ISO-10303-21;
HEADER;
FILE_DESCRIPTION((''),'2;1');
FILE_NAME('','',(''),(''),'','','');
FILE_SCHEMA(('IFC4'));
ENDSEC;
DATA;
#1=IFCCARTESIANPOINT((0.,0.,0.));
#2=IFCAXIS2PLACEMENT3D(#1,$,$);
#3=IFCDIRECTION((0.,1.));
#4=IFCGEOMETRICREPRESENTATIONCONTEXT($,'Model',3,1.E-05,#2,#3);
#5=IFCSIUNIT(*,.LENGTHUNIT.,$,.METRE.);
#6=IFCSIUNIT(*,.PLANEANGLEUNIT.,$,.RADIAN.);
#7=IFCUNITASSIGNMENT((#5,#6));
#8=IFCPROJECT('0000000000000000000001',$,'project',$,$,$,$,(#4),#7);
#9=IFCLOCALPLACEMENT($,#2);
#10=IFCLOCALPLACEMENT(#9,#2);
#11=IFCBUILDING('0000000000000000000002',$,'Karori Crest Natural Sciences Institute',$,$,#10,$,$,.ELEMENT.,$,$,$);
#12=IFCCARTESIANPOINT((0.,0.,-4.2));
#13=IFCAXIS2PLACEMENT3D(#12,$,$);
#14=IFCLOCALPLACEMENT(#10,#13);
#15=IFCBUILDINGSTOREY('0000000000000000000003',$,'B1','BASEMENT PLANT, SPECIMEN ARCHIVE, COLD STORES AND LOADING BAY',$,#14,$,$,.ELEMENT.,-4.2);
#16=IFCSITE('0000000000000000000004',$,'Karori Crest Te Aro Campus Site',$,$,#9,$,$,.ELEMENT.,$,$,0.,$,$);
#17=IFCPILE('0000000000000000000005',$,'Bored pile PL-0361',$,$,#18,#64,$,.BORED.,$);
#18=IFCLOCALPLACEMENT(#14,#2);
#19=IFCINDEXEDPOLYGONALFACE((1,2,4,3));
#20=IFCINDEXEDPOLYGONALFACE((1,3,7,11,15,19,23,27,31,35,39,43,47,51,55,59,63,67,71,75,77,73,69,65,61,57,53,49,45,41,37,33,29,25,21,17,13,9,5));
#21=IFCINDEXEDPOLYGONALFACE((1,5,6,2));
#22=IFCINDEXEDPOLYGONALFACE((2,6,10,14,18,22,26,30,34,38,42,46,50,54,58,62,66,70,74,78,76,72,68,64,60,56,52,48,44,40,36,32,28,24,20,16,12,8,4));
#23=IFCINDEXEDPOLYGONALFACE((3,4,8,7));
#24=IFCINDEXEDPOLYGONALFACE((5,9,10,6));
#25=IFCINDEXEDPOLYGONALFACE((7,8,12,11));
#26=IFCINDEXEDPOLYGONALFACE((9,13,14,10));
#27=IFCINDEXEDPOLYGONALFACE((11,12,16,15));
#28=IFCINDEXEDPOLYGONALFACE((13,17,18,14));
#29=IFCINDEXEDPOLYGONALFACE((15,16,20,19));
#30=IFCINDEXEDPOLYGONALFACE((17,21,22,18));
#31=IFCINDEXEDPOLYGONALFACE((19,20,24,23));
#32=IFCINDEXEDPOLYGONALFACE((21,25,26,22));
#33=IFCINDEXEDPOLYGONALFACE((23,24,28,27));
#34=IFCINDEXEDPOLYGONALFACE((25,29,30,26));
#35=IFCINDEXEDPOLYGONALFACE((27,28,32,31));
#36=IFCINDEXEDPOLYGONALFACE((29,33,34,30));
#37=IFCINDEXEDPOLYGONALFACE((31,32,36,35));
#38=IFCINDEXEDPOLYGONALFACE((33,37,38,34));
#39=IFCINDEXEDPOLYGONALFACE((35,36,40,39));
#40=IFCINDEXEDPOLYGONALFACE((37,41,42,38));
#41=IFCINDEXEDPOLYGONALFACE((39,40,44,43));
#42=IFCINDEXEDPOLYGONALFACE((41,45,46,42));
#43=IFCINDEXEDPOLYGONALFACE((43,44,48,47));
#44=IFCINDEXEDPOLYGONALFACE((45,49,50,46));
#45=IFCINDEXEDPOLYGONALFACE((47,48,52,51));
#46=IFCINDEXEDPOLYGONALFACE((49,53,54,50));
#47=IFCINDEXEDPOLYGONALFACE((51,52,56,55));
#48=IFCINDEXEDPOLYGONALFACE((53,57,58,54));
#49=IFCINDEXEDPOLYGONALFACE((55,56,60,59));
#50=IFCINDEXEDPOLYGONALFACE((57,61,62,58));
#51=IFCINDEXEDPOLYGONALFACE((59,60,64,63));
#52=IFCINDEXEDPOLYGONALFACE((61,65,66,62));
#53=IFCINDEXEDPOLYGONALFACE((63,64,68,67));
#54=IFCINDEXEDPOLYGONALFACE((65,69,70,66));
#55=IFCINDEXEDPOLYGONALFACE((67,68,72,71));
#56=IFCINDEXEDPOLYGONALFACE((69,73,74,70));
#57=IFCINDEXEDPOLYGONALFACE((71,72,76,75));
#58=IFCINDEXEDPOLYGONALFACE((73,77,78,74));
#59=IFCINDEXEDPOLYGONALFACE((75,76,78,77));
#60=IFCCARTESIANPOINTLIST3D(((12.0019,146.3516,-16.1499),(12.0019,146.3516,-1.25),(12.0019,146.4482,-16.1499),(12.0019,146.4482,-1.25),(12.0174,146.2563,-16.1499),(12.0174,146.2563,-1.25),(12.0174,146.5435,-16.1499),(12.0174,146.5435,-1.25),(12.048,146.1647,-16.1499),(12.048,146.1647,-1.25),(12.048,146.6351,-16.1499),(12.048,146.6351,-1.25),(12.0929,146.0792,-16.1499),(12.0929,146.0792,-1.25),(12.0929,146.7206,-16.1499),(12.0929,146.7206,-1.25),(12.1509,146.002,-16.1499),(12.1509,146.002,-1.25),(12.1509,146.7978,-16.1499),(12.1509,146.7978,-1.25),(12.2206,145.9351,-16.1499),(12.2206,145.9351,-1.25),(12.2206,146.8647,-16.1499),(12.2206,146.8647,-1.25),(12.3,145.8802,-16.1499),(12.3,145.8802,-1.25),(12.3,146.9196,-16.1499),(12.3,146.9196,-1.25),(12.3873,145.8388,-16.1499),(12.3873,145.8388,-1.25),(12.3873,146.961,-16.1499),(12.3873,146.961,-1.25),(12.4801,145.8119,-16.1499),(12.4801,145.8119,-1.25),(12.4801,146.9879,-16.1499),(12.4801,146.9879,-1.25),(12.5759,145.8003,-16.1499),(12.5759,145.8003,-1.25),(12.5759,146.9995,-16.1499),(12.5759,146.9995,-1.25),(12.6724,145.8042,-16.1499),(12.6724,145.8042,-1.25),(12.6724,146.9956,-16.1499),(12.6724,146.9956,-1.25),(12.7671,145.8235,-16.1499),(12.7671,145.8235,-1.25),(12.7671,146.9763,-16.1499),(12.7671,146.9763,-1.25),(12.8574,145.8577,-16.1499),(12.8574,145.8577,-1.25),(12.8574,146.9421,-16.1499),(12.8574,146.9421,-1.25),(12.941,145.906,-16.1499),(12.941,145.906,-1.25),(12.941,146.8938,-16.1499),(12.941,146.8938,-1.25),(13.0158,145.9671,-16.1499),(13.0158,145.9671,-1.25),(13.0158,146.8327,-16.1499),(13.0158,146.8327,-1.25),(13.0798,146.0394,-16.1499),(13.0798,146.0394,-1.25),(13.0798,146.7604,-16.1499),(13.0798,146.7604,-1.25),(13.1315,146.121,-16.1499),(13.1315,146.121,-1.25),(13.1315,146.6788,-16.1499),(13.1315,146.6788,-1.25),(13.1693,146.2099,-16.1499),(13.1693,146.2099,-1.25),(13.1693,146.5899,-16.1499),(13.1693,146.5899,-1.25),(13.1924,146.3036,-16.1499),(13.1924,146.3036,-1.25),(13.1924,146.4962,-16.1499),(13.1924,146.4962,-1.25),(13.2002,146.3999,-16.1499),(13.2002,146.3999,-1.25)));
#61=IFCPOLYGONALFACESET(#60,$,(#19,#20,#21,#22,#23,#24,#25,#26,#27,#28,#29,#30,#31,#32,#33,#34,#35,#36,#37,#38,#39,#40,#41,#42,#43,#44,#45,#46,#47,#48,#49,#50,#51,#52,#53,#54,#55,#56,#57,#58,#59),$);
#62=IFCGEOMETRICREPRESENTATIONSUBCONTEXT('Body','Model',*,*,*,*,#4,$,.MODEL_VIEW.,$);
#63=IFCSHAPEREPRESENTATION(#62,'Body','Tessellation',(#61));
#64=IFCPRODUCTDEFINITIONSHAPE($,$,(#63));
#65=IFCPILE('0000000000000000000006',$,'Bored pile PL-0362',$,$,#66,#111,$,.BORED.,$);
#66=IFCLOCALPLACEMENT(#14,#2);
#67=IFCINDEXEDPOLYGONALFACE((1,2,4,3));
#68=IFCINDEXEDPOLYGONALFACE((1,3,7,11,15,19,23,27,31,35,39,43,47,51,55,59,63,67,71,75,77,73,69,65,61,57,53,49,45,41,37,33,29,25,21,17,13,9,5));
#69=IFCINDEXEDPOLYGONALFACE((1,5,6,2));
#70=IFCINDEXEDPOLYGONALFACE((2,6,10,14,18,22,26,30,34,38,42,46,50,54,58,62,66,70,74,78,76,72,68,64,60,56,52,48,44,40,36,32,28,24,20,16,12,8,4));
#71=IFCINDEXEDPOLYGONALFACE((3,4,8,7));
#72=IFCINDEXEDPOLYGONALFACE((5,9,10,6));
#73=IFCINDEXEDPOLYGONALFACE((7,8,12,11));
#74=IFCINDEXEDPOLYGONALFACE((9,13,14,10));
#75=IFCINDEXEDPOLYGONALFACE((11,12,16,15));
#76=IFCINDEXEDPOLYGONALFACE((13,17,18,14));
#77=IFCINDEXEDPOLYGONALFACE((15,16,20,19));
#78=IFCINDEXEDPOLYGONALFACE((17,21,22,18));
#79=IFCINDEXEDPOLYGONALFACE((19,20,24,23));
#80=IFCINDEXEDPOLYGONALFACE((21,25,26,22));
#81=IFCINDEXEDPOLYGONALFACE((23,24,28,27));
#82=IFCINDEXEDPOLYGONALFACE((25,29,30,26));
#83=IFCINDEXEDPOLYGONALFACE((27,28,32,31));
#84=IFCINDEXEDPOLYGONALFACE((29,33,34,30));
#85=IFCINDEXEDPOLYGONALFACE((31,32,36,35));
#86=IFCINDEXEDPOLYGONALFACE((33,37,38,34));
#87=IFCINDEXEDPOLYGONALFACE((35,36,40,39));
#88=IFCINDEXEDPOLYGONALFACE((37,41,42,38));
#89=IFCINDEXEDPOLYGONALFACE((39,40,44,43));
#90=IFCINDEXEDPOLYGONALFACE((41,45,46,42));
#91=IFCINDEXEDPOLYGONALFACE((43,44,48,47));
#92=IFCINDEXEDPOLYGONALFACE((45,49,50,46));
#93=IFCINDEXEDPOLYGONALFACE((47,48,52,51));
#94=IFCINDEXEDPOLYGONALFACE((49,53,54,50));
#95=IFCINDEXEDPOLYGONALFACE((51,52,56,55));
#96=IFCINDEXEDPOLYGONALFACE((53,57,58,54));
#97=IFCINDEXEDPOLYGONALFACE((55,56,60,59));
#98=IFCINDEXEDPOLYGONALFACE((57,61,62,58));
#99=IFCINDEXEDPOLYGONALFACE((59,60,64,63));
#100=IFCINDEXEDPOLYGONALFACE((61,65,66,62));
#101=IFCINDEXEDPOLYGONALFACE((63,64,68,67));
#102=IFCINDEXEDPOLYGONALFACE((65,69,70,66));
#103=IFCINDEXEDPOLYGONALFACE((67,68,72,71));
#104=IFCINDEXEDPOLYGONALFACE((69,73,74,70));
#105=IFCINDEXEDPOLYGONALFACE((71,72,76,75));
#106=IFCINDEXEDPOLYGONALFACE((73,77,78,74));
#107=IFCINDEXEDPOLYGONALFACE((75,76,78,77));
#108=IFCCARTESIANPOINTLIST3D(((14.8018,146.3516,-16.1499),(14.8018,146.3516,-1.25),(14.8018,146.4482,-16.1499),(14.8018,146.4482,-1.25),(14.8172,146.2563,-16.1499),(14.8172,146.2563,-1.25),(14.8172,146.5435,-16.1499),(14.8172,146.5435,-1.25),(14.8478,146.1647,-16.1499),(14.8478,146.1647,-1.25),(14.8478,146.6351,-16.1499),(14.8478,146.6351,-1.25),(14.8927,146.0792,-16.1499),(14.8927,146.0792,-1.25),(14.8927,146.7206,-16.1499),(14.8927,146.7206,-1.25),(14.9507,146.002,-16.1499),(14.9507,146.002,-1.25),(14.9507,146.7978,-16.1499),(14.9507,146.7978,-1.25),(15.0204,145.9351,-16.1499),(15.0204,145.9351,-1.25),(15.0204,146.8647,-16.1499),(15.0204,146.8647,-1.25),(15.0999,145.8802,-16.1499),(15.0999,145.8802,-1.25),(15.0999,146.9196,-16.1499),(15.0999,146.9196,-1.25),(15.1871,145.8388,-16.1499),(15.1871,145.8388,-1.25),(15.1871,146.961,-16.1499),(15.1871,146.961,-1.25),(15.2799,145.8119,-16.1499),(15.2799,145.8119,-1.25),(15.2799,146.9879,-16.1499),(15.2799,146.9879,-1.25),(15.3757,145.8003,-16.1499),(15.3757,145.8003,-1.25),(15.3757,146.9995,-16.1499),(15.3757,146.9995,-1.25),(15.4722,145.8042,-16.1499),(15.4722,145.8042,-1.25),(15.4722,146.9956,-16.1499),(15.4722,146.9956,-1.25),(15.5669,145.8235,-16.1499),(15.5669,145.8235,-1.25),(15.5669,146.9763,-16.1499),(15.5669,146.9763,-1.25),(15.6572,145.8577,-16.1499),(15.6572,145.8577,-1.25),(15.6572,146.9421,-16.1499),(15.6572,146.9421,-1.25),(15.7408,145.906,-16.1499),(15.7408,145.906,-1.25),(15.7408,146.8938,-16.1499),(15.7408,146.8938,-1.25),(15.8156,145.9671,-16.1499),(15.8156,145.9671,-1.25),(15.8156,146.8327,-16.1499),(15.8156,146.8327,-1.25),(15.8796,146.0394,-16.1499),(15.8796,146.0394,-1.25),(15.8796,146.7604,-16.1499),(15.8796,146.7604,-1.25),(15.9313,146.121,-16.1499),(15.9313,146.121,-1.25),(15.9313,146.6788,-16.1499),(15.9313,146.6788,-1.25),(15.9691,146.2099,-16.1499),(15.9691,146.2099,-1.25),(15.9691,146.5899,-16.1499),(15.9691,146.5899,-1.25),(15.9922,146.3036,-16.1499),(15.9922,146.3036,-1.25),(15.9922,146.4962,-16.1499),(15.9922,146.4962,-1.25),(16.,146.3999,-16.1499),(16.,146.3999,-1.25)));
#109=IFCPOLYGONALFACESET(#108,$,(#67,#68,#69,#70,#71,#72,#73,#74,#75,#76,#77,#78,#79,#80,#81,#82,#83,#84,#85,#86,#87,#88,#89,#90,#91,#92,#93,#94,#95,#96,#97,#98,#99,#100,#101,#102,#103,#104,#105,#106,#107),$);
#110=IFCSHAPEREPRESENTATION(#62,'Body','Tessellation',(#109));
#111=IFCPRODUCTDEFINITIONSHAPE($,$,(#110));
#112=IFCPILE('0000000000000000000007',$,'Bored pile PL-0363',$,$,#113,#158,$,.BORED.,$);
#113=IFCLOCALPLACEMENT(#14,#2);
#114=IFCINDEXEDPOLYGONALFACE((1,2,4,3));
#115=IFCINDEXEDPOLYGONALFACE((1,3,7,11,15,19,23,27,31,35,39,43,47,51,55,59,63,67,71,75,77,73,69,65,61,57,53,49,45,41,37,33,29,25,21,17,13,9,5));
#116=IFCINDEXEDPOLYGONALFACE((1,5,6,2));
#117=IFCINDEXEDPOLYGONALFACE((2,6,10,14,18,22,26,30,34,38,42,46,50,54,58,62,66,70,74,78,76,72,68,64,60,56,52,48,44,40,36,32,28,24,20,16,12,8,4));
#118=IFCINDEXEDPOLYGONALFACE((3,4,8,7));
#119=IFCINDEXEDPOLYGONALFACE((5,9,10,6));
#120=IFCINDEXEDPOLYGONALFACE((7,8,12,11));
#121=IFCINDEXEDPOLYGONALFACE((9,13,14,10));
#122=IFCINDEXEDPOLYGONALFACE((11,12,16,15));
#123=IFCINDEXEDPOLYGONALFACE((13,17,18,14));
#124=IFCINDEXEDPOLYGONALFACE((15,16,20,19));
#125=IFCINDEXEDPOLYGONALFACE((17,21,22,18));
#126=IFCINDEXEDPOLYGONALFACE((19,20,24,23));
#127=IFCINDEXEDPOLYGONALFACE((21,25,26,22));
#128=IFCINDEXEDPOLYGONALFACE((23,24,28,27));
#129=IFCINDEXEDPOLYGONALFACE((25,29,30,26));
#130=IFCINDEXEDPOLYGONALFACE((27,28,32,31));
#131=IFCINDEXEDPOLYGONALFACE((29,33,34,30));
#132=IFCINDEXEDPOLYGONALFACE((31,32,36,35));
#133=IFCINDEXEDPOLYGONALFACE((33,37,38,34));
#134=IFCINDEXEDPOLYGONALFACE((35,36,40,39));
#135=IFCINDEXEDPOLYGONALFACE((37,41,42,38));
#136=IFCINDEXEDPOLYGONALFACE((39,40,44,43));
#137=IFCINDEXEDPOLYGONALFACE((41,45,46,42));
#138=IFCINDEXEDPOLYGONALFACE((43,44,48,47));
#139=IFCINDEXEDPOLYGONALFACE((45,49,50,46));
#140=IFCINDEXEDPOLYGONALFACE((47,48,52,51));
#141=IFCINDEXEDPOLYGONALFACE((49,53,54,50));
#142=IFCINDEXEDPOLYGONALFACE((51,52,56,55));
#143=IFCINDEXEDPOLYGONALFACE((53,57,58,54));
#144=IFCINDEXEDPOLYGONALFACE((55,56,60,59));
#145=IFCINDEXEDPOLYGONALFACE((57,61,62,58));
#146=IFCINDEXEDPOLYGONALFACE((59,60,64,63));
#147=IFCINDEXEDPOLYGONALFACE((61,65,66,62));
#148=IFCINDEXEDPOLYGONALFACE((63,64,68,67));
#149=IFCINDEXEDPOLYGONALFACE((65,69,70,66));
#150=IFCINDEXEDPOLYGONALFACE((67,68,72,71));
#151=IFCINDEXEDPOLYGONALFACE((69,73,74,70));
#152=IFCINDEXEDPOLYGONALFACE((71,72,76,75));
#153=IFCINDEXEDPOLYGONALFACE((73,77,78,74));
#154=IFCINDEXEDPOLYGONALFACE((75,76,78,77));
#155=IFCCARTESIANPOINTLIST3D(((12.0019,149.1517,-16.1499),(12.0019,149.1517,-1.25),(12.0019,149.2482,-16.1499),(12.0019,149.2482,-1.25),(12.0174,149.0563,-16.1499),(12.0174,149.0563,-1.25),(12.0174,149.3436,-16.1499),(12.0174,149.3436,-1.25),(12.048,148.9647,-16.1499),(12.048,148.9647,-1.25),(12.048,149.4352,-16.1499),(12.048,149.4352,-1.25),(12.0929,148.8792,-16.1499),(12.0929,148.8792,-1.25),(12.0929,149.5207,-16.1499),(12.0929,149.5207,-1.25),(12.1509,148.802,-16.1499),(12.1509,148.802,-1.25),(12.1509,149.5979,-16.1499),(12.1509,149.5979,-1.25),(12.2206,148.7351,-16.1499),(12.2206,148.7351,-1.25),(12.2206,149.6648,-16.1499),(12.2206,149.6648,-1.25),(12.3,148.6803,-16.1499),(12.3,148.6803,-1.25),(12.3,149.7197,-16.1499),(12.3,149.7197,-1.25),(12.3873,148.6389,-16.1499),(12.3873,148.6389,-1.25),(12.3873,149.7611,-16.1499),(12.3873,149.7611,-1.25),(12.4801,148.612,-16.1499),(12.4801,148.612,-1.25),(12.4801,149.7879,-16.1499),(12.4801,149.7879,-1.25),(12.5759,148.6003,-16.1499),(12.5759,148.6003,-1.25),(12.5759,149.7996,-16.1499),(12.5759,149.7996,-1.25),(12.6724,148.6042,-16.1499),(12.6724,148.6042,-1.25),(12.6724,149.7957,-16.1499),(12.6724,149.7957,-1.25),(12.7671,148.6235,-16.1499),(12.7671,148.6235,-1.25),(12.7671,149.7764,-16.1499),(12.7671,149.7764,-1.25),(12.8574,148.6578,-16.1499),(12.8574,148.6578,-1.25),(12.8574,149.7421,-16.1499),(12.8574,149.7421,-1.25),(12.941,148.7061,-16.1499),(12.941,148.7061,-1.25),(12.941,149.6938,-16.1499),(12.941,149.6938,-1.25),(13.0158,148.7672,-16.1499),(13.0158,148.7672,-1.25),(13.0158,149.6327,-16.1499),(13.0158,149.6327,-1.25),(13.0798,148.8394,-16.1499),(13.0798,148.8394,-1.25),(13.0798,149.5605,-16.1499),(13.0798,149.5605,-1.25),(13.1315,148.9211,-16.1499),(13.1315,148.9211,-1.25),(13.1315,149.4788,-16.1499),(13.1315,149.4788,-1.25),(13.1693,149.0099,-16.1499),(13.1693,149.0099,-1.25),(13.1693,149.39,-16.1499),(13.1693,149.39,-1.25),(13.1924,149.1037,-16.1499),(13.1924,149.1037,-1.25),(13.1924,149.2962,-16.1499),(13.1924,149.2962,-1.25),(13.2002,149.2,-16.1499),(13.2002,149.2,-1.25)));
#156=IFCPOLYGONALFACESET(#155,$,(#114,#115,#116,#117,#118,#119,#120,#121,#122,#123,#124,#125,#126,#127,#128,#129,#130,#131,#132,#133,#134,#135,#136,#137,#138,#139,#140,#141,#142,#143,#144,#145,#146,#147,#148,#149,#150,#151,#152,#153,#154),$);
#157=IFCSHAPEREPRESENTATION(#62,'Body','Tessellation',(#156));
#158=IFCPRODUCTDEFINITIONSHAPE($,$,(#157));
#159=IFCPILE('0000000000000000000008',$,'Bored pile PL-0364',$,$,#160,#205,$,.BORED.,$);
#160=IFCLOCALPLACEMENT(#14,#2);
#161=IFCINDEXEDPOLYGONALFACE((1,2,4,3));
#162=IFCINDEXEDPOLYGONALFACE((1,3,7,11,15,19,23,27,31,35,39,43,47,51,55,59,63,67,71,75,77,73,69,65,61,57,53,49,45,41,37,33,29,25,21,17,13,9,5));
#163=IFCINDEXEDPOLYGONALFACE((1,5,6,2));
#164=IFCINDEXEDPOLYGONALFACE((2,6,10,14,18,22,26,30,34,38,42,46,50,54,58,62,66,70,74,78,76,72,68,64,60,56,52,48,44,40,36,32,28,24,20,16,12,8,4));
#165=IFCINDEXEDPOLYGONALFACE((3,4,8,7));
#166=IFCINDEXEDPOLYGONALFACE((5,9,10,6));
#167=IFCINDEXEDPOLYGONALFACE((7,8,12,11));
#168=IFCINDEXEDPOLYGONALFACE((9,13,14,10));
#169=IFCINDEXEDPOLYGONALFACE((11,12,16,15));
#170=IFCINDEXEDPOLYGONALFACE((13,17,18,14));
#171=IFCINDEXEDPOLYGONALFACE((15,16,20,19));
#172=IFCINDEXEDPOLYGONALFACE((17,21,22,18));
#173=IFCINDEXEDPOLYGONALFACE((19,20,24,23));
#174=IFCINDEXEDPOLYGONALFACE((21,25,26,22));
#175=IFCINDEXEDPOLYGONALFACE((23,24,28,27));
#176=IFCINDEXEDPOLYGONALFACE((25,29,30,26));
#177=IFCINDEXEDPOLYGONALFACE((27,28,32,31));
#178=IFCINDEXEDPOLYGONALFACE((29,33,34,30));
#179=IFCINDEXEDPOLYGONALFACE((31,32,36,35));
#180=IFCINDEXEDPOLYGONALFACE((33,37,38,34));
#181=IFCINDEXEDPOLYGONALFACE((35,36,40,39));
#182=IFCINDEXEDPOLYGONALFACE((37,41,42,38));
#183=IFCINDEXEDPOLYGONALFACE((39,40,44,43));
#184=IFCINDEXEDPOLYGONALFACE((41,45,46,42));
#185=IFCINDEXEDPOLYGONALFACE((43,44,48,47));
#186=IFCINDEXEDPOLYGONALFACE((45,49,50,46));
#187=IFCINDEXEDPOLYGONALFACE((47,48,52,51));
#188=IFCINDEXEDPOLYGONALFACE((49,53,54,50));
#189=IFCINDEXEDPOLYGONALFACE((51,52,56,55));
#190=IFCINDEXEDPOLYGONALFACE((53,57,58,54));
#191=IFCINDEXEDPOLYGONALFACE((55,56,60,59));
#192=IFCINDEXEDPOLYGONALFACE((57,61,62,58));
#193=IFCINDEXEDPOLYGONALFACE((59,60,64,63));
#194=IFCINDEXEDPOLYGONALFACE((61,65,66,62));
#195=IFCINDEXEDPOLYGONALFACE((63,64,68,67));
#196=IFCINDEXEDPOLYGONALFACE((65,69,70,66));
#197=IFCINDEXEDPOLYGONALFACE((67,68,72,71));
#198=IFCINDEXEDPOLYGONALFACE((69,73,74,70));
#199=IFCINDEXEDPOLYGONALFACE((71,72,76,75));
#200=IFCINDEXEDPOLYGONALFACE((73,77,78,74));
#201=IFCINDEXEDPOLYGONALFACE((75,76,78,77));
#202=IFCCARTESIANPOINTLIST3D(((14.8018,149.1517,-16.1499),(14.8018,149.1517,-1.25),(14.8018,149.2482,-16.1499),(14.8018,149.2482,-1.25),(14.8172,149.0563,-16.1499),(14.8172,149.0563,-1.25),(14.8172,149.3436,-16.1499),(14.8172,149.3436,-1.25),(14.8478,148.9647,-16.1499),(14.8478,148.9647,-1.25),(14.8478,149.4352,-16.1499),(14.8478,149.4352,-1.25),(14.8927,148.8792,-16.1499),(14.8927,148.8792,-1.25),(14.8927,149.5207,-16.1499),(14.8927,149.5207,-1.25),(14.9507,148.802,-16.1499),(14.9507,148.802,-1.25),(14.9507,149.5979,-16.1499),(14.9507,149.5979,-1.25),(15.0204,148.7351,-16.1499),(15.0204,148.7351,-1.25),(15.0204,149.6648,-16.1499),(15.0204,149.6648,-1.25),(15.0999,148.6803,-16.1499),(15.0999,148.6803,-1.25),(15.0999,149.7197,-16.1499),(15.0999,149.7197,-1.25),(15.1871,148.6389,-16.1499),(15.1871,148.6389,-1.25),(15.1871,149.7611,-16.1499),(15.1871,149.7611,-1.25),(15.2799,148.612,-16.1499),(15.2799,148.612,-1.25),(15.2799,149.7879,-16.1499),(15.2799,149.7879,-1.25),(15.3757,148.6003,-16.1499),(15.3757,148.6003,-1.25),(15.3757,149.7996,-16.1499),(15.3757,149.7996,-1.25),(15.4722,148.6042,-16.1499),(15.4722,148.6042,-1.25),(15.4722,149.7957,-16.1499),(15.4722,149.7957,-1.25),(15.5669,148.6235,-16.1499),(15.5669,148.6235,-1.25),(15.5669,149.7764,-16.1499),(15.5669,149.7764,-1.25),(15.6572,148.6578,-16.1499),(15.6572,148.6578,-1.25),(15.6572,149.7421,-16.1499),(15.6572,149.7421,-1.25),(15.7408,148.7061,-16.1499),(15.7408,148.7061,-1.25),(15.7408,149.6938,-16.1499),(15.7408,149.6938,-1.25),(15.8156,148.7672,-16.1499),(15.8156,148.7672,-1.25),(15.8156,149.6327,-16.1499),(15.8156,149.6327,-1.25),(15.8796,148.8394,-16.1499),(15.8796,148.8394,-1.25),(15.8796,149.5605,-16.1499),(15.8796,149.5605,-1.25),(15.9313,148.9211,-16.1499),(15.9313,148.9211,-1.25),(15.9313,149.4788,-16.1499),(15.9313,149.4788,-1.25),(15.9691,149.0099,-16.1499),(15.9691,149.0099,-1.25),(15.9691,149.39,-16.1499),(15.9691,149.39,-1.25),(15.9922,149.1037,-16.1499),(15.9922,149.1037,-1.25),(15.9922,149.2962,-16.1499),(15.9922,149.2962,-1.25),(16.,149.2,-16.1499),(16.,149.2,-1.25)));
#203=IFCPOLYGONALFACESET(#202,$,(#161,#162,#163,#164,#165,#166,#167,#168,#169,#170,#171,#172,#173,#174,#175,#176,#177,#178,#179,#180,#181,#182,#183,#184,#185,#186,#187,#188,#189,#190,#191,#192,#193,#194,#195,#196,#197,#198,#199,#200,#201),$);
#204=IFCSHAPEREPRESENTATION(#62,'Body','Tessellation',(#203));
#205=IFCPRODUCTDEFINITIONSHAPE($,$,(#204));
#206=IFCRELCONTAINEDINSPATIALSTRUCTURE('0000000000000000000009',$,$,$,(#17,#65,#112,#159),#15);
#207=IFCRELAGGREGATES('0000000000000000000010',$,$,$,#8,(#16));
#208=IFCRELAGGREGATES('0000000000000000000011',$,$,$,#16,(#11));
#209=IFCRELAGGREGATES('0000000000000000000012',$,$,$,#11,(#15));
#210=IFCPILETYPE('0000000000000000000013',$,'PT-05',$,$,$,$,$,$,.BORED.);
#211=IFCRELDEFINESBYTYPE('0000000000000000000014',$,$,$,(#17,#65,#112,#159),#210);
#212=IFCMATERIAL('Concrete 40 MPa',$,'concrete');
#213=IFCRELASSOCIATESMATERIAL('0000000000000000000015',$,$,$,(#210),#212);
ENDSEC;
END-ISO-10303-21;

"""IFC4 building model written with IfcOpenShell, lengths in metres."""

from ifc_helpers import new_model, si_unit, direction, frame, origin, origin_2d, place, context, subcontext, project, spatial, circle, extrude, material, material_profile, profile_set, type_object, element, save


model = new_model("IFC4")

# Units and contexts
model_context = context("Model", 3, precision=1e-05, world=origin(), true_north=direction((0.0, 1.0)))
body_context = subcontext(model_context, "Body", "Model", "MODEL_VIEW")
ifc_project = project(units=[si_unit("LENGTHUNIT", "METRE"), si_unit("PLANEANGLEUNIT", "RADIAN")], contexts=[model_context])

# Site, building, storey
site_placement = place(None, origin())
site = spatial("IfcSite", under=ifc_project, at=site_placement, Name="Karori Crest Te Aro Campus Site", CompositionType="ELEMENT", RefElevation=0.0)
building_placement = place(site_placement, origin())
building = spatial("IfcBuilding", under=site, at=building_placement, Name="Karori Crest Natural Sciences Institute", CompositionType="ELEMENT")
storey_placement = place(building_placement, frame((0.0, 0.0, -4.2)))
storey = spatial("IfcBuildingStorey", under=building, at=storey_placement, Name="B1", Description="BASEMENT PLANT, SPECIMEN ARCHIVE, COLD STORES AND LOADING BAY", CompositionType="ELEMENT", Elevation=-4.2)

# Shared definitions
ifc_material_1 = material(Name="Concrete 40 MPa", Category="concrete")

# Piles
ifc_material_profile_1 = material_profile(ifc_material_1, circle(Radius=0.6001, at=origin_2d()), Name="PILE1200")
ifc_profile_set_1 = profile_set([ifc_material_profile_1], Name="Concrete 40 MPa")
pile_type = type_object("IfcPileType", Name="PT-05", PredefinedType="BORED", material=ifc_profile_set_1)
for number, where, z_axis, x_axis, name in (
    (1, (12.6001, 146.3999, -1.25), (0.0, 0.0, -1.0), (1.0, 0.0, 0.0), "Bored pile PL-0361"),
    (2, (15.3999, 146.3999, -1.25), (0.0, 0.0, -1.0), (1.0, 0.0, 0.0), "Bored pile PL-0362"),
    (3, (12.6001, 149.2, -1.25), (0.0, 0.0, -1.0), (1.0, 0.0, 0.0), "Bored pile PL-0363"),
    (4, (15.3999, 149.2, -1.25), (0.0, 0.0, -1.0), (1.0, 0.0, 0.0), "Bored pile PL-0364"),
):
    element("IfcPile", number, at=place(storey_placement, frame(where, z_axis=z_axis, x_axis=x_axis)), inside=storey, type_object=pile_type, Name=name, PredefinedType="BORED", context=body_context, shape_type="SweptSolid", body=[
        extrude(circle(Radius=0.6001, at=origin_2d()), origin(), (0.0, 0.0, 1.0), 14.8999),
    ])

save(model, "model.ifc")
